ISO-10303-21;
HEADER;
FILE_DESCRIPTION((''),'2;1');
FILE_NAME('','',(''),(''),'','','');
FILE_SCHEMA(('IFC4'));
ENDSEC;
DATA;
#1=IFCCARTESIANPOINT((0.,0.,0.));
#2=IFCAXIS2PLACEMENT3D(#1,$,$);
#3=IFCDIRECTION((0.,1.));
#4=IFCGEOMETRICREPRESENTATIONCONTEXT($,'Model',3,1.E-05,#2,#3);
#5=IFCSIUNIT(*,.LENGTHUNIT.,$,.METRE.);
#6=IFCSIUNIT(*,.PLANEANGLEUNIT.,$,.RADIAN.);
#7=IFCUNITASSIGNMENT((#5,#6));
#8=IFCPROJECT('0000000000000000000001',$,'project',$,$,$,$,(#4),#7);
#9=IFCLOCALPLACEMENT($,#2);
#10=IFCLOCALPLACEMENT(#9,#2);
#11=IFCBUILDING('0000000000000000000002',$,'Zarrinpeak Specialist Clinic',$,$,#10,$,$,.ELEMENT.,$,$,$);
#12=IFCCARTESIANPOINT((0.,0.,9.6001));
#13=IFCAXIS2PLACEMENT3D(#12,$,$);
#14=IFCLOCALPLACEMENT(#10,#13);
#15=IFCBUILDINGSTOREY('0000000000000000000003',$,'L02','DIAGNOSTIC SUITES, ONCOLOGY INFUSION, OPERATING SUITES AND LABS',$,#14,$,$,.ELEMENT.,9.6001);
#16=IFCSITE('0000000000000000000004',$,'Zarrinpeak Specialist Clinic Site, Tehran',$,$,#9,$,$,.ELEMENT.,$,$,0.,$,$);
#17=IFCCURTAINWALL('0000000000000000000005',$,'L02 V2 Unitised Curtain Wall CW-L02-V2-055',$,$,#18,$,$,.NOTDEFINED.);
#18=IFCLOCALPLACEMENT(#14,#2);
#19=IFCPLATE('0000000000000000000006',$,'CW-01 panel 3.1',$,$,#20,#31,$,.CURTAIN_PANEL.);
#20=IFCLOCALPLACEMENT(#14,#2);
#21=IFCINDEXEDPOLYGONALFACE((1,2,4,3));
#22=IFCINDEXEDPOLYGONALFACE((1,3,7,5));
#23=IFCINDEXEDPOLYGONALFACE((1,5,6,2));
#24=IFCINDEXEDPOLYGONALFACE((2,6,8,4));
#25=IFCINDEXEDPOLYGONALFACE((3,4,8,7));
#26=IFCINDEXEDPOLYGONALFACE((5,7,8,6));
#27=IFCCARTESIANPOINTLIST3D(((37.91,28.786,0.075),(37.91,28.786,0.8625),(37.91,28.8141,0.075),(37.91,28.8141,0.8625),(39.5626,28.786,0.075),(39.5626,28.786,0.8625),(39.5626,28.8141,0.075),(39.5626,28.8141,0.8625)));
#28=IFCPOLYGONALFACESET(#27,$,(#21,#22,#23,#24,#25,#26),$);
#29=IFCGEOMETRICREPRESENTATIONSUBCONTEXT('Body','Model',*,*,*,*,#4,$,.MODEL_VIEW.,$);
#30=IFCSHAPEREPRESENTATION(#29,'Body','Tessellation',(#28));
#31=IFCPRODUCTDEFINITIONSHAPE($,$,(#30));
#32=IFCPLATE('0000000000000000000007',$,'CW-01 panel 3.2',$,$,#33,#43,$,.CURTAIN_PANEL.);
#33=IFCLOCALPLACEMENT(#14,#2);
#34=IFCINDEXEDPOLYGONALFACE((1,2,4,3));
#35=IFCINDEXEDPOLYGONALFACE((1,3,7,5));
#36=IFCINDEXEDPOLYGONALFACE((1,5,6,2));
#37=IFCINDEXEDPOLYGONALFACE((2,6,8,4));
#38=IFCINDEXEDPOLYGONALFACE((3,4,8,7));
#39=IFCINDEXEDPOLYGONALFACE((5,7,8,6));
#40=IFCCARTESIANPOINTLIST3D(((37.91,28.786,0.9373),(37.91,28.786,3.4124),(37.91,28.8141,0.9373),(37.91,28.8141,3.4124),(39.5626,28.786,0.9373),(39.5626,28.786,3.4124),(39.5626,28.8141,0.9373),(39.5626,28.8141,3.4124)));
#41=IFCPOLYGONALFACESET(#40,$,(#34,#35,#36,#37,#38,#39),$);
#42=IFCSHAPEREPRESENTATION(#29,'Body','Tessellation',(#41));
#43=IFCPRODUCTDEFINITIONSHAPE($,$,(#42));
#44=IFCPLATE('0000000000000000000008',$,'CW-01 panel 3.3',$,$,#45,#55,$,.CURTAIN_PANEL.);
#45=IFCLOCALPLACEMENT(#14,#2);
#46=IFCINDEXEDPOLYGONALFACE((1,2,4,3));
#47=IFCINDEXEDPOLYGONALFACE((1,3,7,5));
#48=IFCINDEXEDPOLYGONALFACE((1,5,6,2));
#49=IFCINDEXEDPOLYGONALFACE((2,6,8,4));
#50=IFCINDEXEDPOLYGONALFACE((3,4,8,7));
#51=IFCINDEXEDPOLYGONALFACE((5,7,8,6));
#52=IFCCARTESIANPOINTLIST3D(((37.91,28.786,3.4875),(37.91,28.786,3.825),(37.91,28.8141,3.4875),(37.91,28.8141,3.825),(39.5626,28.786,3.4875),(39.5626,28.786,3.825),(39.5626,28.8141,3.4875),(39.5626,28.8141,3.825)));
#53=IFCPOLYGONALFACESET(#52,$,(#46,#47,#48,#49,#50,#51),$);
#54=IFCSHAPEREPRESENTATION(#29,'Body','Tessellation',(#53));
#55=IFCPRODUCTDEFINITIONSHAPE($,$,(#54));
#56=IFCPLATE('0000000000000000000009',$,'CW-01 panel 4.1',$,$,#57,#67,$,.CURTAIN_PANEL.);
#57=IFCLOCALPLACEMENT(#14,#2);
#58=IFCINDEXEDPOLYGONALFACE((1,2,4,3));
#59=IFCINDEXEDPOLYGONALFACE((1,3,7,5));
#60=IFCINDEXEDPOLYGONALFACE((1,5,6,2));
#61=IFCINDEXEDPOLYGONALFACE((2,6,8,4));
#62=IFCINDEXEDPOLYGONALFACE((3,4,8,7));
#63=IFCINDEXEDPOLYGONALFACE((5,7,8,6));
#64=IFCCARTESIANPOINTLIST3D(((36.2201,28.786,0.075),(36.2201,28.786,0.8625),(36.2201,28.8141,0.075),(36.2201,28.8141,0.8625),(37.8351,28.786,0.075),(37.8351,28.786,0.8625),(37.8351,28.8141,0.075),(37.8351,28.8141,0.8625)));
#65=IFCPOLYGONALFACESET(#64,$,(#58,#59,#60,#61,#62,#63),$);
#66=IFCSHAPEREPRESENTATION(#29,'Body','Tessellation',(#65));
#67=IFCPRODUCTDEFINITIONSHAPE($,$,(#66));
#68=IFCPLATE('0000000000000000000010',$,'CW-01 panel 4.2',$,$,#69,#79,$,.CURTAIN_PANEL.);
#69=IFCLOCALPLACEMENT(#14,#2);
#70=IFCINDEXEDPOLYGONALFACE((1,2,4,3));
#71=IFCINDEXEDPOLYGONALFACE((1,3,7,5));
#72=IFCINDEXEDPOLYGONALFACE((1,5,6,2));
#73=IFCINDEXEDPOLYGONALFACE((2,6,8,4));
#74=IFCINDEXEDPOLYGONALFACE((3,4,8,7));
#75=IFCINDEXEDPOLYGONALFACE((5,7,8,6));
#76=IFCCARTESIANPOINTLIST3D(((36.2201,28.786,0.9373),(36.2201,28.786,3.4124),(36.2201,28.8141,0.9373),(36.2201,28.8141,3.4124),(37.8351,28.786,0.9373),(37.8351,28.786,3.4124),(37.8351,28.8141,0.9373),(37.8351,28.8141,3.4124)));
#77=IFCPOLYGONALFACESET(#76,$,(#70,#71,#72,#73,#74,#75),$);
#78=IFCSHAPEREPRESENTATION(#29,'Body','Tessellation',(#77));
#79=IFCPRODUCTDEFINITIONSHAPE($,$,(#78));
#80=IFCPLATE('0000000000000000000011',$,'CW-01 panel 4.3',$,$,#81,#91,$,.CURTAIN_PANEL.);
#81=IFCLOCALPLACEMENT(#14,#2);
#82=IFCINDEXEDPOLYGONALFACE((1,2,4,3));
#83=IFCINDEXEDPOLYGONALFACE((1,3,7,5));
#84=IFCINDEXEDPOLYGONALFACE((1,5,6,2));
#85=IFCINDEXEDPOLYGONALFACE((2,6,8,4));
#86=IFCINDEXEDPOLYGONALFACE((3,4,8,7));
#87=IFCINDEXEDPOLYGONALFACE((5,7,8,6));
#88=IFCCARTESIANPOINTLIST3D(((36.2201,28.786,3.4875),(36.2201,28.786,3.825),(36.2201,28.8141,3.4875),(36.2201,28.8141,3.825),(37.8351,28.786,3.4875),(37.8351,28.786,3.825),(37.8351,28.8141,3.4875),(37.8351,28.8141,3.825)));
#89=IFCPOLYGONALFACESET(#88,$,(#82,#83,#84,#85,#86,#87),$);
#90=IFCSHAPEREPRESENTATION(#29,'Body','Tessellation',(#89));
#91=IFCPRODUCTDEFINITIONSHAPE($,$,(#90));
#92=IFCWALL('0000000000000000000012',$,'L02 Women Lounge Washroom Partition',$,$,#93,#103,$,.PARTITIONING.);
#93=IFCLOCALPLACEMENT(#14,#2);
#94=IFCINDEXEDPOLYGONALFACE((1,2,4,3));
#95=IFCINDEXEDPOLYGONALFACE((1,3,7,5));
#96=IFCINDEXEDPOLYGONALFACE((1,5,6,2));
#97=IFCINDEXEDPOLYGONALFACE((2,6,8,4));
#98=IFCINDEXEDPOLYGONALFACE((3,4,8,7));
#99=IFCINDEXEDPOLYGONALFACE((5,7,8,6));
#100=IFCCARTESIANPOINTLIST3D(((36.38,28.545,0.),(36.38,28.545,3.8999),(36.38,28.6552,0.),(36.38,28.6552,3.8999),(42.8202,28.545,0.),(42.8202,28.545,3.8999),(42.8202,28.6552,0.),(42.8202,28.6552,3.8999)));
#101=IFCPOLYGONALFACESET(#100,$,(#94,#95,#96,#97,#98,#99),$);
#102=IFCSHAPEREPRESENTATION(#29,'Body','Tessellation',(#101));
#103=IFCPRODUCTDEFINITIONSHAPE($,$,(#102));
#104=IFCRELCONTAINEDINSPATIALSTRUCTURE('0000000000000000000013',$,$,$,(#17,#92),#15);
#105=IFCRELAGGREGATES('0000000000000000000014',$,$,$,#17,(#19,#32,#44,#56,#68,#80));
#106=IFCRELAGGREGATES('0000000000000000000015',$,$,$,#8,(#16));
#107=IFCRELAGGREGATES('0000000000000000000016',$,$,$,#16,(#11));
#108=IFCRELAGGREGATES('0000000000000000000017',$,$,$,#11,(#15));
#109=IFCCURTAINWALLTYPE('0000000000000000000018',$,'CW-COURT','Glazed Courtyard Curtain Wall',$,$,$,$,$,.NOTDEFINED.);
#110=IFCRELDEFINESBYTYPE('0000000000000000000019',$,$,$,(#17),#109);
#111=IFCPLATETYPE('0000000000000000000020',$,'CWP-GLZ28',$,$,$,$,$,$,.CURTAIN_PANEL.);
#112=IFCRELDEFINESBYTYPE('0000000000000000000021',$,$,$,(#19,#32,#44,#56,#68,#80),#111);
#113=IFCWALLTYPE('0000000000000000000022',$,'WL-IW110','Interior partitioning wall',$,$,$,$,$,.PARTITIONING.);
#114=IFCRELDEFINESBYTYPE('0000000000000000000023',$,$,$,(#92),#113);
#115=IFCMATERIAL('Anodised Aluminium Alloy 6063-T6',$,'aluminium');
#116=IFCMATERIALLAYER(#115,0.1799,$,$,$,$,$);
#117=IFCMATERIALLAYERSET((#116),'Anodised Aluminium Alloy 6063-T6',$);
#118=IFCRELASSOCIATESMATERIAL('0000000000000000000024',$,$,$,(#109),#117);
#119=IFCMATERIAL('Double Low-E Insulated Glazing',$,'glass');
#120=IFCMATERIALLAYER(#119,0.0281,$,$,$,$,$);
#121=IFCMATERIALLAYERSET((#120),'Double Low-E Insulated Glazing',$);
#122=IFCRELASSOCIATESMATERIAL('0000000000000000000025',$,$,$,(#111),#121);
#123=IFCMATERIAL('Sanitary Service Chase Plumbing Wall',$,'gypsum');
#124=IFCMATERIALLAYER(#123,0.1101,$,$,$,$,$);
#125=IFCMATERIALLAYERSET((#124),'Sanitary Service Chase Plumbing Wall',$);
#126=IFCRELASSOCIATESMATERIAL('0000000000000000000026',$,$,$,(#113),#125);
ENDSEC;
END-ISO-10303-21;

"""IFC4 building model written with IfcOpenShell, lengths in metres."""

from ifc_helpers import new_model, si_unit, direction, frame, frame_2d, origin, origin_2d, place, context, subcontext, project, spatial, rectangle, extrude, material, layer, layer_set, type_object, element, aggregate, save


model = new_model("IFC4")

# Units and contexts
model_context = context("Model", 3, precision=1e-05, world=origin(), true_north=direction((0.0, 1.0)))
body_context = subcontext(model_context, "Body", "Model", "MODEL_VIEW")
ifc_project = project(units=[si_unit("LENGTHUNIT", "METRE"), si_unit("PLANEANGLEUNIT", "RADIAN")], contexts=[model_context])

# Site, building, storey
site_placement = place(None, origin())
site = spatial("IfcSite", under=ifc_project, at=site_placement, Name="Zarrinpeak Specialist Clinic Site, Tehran", CompositionType="ELEMENT", RefElevation=0.0)
building_placement = place(site_placement, origin())
building = spatial("IfcBuilding", under=site, at=building_placement, Name="Zarrinpeak Specialist Clinic", CompositionType="ELEMENT")
storey_placement = place(building_placement, frame((0.0, 0.0, 9.6001)))
storey = spatial("IfcBuildingStorey", under=building, at=storey_placement, Name="L02", Description="DIAGNOSTIC SUITES, ONCOLOGY INFUSION, OPERATING SUITES AND LABS", CompositionType="ELEMENT", Elevation=9.6001)

# Curtain wall, plates
ifc_material_1 = material(Name="Anodised Aluminium Alloy 6063-T6", Category="aluminium")
ifc_layer_1 = layer(ifc_material_1, 0.1799)
ifc_layer_set_1 = layer_set([ifc_layer_1], Name="Anodised Aluminium Alloy 6063-T6")
curtain_wall_type = type_object("IfcCurtainWallType", Name="CW-COURT", Description="Glazed Courtyard Curtain Wall", PredefinedType="NOTDEFINED", material=ifc_layer_set_1)
curtain_wall_placement = place(storey_placement, origin())
curtain_wall = element("IfcCurtainWall", 1, at=curtain_wall_placement, inside=storey, type_object=curtain_wall_type, Name="L02 V2 Unitised Curtain Wall CW-L02-V2-055", PredefinedType="NOTDEFINED")
ifc_material_2 = material(Name="Double Low-E Insulated Glazing", Category="glass")
ifc_layer_2 = layer(ifc_material_2, 0.0281)
ifc_layer_set_2 = layer_set([ifc_layer_2], Name="Double Low-E Insulated Glazing")
plate_type = type_object("IfcPlateType", Name="CWP-GLZ28", PredefinedType="CURTAIN_PANEL", material=ifc_layer_set_2)
plate_1_placement = place(storey_placement, frame((38.7363, 28.8, 0.075), z_axis=(0.0, 0.0, 1.0), x_axis=(-1.0, 0.0, 0.0)))
plate_1 = element("IfcPlate", 2, at=plate_1_placement, type_object=plate_type, Name="CW-01 panel 3.1", PredefinedType="CURTAIN_PANEL", context=body_context, shape_type="SweptSolid", body=[
    extrude(rectangle(XDim=1.6526, YDim=0.0281, at=origin_2d()), origin(), (0.0, 0.0, 1.0), 0.7876),
])
plate_2_placement = place(storey_placement, frame((38.7363, 28.8, 0.9373), z_axis=(0.0, 0.0, 1.0), x_axis=(-1.0, 0.0, 0.0)))
plate_2 = element("IfcPlate", 3, at=plate_2_placement, type_object=plate_type, Name="CW-01 panel 3.2", PredefinedType="CURTAIN_PANEL", context=body_context, shape_type="SweptSolid", body=[
    extrude(rectangle(XDim=1.6526, YDim=0.0281, at=origin_2d()), origin(), (0.0, 0.0, 1.0), 2.4751),
])
plate_3_placement = place(storey_placement, frame((38.7363, 28.8, 3.4875), z_axis=(0.0, 0.0, 1.0), x_axis=(-1.0, 0.0, 0.0)))
plate_3 = element("IfcPlate", 4, at=plate_3_placement, type_object=plate_type, Name="CW-01 panel 3.3", PredefinedType="CURTAIN_PANEL", context=body_context, shape_type="SweptSolid", body=[
    extrude(rectangle(XDim=1.6526, YDim=0.0281, at=origin_2d()), origin(), (0.0, 0.0, 1.0), 0.3374),
])
plate_4_placement = place(storey_placement, frame((37.0276, 28.8, 0.075), z_axis=(0.0, 0.0, 1.0), x_axis=(-1.0, 0.0, 0.0)))
plate_4 = element("IfcPlate", 5, at=plate_4_placement, type_object=plate_type, Name="CW-01 panel 4.1", PredefinedType="CURTAIN_PANEL", context=body_context, shape_type="SweptSolid", body=[
    extrude(rectangle(XDim=1.615, YDim=0.0281, at=origin_2d()), origin(), (0.0, 0.0, 1.0), 0.7876),
])
plate_5_placement = place(storey_placement, frame((37.0276, 28.8, 0.9373), z_axis=(0.0, 0.0, 1.0), x_axis=(-1.0, 0.0, 0.0)))
plate_5 = element("IfcPlate", 6, at=plate_5_placement, type_object=plate_type, Name="CW-01 panel 4.2", PredefinedType="CURTAIN_PANEL", context=body_context, shape_type="SweptSolid", body=[
    extrude(rectangle(XDim=1.615, YDim=0.0281, at=origin_2d()), origin(), (0.0, 0.0, 1.0), 2.4751),
])
plate_6_placement = place(storey_placement, frame((37.0276, 28.8, 3.4875), z_axis=(0.0, 0.0, 1.0), x_axis=(-1.0, 0.0, 0.0)))
plate_6 = element("IfcPlate", 7, at=plate_6_placement, type_object=plate_type, Name="CW-01 panel 4.3", PredefinedType="CURTAIN_PANEL", context=body_context, shape_type="SweptSolid", body=[
    extrude(rectangle(XDim=1.615, YDim=0.0281, at=origin_2d()), origin(), (0.0, 0.0, 1.0), 0.3374),
])
aggregate(curtain_wall, [plate_1, plate_2, plate_3, plate_4, plate_5, plate_6])

# Wall
ifc_material_3 = material(Name="Sanitary Service Chase Plumbing Wall", Category="gypsum")
ifc_layer_3 = layer(ifc_material_3, 0.1101)
ifc_layer_set_3 = layer_set([ifc_layer_3], Name="Sanitary Service Chase Plumbing Wall")
wall_type = type_object("IfcWallType", Name="WL-IW110", Description="Interior partitioning wall", PredefinedType="PARTITIONING", material=ifc_layer_set_3)
wall_placement = place(storey_placement, frame((36.3799, 28.6001, 0.0), z_axis=(0.0, 0.0, 1.0), x_axis=(1.0, 0.0, 0.0)))
element("IfcWall", 8, at=wall_placement, inside=storey, type_object=wall_type, Name="L02 Women Lounge Washroom Partition", PredefinedType="PARTITIONING", context=body_context, shape_type="SweptSolid", body=[
    extrude(rectangle(XDim=6.4402, YDim=0.1101, at=frame_2d((3.2202, 0.0))), origin(), (0.0, 0.0, 1.0), 3.8999),
])

save(model, "model.ifc")
